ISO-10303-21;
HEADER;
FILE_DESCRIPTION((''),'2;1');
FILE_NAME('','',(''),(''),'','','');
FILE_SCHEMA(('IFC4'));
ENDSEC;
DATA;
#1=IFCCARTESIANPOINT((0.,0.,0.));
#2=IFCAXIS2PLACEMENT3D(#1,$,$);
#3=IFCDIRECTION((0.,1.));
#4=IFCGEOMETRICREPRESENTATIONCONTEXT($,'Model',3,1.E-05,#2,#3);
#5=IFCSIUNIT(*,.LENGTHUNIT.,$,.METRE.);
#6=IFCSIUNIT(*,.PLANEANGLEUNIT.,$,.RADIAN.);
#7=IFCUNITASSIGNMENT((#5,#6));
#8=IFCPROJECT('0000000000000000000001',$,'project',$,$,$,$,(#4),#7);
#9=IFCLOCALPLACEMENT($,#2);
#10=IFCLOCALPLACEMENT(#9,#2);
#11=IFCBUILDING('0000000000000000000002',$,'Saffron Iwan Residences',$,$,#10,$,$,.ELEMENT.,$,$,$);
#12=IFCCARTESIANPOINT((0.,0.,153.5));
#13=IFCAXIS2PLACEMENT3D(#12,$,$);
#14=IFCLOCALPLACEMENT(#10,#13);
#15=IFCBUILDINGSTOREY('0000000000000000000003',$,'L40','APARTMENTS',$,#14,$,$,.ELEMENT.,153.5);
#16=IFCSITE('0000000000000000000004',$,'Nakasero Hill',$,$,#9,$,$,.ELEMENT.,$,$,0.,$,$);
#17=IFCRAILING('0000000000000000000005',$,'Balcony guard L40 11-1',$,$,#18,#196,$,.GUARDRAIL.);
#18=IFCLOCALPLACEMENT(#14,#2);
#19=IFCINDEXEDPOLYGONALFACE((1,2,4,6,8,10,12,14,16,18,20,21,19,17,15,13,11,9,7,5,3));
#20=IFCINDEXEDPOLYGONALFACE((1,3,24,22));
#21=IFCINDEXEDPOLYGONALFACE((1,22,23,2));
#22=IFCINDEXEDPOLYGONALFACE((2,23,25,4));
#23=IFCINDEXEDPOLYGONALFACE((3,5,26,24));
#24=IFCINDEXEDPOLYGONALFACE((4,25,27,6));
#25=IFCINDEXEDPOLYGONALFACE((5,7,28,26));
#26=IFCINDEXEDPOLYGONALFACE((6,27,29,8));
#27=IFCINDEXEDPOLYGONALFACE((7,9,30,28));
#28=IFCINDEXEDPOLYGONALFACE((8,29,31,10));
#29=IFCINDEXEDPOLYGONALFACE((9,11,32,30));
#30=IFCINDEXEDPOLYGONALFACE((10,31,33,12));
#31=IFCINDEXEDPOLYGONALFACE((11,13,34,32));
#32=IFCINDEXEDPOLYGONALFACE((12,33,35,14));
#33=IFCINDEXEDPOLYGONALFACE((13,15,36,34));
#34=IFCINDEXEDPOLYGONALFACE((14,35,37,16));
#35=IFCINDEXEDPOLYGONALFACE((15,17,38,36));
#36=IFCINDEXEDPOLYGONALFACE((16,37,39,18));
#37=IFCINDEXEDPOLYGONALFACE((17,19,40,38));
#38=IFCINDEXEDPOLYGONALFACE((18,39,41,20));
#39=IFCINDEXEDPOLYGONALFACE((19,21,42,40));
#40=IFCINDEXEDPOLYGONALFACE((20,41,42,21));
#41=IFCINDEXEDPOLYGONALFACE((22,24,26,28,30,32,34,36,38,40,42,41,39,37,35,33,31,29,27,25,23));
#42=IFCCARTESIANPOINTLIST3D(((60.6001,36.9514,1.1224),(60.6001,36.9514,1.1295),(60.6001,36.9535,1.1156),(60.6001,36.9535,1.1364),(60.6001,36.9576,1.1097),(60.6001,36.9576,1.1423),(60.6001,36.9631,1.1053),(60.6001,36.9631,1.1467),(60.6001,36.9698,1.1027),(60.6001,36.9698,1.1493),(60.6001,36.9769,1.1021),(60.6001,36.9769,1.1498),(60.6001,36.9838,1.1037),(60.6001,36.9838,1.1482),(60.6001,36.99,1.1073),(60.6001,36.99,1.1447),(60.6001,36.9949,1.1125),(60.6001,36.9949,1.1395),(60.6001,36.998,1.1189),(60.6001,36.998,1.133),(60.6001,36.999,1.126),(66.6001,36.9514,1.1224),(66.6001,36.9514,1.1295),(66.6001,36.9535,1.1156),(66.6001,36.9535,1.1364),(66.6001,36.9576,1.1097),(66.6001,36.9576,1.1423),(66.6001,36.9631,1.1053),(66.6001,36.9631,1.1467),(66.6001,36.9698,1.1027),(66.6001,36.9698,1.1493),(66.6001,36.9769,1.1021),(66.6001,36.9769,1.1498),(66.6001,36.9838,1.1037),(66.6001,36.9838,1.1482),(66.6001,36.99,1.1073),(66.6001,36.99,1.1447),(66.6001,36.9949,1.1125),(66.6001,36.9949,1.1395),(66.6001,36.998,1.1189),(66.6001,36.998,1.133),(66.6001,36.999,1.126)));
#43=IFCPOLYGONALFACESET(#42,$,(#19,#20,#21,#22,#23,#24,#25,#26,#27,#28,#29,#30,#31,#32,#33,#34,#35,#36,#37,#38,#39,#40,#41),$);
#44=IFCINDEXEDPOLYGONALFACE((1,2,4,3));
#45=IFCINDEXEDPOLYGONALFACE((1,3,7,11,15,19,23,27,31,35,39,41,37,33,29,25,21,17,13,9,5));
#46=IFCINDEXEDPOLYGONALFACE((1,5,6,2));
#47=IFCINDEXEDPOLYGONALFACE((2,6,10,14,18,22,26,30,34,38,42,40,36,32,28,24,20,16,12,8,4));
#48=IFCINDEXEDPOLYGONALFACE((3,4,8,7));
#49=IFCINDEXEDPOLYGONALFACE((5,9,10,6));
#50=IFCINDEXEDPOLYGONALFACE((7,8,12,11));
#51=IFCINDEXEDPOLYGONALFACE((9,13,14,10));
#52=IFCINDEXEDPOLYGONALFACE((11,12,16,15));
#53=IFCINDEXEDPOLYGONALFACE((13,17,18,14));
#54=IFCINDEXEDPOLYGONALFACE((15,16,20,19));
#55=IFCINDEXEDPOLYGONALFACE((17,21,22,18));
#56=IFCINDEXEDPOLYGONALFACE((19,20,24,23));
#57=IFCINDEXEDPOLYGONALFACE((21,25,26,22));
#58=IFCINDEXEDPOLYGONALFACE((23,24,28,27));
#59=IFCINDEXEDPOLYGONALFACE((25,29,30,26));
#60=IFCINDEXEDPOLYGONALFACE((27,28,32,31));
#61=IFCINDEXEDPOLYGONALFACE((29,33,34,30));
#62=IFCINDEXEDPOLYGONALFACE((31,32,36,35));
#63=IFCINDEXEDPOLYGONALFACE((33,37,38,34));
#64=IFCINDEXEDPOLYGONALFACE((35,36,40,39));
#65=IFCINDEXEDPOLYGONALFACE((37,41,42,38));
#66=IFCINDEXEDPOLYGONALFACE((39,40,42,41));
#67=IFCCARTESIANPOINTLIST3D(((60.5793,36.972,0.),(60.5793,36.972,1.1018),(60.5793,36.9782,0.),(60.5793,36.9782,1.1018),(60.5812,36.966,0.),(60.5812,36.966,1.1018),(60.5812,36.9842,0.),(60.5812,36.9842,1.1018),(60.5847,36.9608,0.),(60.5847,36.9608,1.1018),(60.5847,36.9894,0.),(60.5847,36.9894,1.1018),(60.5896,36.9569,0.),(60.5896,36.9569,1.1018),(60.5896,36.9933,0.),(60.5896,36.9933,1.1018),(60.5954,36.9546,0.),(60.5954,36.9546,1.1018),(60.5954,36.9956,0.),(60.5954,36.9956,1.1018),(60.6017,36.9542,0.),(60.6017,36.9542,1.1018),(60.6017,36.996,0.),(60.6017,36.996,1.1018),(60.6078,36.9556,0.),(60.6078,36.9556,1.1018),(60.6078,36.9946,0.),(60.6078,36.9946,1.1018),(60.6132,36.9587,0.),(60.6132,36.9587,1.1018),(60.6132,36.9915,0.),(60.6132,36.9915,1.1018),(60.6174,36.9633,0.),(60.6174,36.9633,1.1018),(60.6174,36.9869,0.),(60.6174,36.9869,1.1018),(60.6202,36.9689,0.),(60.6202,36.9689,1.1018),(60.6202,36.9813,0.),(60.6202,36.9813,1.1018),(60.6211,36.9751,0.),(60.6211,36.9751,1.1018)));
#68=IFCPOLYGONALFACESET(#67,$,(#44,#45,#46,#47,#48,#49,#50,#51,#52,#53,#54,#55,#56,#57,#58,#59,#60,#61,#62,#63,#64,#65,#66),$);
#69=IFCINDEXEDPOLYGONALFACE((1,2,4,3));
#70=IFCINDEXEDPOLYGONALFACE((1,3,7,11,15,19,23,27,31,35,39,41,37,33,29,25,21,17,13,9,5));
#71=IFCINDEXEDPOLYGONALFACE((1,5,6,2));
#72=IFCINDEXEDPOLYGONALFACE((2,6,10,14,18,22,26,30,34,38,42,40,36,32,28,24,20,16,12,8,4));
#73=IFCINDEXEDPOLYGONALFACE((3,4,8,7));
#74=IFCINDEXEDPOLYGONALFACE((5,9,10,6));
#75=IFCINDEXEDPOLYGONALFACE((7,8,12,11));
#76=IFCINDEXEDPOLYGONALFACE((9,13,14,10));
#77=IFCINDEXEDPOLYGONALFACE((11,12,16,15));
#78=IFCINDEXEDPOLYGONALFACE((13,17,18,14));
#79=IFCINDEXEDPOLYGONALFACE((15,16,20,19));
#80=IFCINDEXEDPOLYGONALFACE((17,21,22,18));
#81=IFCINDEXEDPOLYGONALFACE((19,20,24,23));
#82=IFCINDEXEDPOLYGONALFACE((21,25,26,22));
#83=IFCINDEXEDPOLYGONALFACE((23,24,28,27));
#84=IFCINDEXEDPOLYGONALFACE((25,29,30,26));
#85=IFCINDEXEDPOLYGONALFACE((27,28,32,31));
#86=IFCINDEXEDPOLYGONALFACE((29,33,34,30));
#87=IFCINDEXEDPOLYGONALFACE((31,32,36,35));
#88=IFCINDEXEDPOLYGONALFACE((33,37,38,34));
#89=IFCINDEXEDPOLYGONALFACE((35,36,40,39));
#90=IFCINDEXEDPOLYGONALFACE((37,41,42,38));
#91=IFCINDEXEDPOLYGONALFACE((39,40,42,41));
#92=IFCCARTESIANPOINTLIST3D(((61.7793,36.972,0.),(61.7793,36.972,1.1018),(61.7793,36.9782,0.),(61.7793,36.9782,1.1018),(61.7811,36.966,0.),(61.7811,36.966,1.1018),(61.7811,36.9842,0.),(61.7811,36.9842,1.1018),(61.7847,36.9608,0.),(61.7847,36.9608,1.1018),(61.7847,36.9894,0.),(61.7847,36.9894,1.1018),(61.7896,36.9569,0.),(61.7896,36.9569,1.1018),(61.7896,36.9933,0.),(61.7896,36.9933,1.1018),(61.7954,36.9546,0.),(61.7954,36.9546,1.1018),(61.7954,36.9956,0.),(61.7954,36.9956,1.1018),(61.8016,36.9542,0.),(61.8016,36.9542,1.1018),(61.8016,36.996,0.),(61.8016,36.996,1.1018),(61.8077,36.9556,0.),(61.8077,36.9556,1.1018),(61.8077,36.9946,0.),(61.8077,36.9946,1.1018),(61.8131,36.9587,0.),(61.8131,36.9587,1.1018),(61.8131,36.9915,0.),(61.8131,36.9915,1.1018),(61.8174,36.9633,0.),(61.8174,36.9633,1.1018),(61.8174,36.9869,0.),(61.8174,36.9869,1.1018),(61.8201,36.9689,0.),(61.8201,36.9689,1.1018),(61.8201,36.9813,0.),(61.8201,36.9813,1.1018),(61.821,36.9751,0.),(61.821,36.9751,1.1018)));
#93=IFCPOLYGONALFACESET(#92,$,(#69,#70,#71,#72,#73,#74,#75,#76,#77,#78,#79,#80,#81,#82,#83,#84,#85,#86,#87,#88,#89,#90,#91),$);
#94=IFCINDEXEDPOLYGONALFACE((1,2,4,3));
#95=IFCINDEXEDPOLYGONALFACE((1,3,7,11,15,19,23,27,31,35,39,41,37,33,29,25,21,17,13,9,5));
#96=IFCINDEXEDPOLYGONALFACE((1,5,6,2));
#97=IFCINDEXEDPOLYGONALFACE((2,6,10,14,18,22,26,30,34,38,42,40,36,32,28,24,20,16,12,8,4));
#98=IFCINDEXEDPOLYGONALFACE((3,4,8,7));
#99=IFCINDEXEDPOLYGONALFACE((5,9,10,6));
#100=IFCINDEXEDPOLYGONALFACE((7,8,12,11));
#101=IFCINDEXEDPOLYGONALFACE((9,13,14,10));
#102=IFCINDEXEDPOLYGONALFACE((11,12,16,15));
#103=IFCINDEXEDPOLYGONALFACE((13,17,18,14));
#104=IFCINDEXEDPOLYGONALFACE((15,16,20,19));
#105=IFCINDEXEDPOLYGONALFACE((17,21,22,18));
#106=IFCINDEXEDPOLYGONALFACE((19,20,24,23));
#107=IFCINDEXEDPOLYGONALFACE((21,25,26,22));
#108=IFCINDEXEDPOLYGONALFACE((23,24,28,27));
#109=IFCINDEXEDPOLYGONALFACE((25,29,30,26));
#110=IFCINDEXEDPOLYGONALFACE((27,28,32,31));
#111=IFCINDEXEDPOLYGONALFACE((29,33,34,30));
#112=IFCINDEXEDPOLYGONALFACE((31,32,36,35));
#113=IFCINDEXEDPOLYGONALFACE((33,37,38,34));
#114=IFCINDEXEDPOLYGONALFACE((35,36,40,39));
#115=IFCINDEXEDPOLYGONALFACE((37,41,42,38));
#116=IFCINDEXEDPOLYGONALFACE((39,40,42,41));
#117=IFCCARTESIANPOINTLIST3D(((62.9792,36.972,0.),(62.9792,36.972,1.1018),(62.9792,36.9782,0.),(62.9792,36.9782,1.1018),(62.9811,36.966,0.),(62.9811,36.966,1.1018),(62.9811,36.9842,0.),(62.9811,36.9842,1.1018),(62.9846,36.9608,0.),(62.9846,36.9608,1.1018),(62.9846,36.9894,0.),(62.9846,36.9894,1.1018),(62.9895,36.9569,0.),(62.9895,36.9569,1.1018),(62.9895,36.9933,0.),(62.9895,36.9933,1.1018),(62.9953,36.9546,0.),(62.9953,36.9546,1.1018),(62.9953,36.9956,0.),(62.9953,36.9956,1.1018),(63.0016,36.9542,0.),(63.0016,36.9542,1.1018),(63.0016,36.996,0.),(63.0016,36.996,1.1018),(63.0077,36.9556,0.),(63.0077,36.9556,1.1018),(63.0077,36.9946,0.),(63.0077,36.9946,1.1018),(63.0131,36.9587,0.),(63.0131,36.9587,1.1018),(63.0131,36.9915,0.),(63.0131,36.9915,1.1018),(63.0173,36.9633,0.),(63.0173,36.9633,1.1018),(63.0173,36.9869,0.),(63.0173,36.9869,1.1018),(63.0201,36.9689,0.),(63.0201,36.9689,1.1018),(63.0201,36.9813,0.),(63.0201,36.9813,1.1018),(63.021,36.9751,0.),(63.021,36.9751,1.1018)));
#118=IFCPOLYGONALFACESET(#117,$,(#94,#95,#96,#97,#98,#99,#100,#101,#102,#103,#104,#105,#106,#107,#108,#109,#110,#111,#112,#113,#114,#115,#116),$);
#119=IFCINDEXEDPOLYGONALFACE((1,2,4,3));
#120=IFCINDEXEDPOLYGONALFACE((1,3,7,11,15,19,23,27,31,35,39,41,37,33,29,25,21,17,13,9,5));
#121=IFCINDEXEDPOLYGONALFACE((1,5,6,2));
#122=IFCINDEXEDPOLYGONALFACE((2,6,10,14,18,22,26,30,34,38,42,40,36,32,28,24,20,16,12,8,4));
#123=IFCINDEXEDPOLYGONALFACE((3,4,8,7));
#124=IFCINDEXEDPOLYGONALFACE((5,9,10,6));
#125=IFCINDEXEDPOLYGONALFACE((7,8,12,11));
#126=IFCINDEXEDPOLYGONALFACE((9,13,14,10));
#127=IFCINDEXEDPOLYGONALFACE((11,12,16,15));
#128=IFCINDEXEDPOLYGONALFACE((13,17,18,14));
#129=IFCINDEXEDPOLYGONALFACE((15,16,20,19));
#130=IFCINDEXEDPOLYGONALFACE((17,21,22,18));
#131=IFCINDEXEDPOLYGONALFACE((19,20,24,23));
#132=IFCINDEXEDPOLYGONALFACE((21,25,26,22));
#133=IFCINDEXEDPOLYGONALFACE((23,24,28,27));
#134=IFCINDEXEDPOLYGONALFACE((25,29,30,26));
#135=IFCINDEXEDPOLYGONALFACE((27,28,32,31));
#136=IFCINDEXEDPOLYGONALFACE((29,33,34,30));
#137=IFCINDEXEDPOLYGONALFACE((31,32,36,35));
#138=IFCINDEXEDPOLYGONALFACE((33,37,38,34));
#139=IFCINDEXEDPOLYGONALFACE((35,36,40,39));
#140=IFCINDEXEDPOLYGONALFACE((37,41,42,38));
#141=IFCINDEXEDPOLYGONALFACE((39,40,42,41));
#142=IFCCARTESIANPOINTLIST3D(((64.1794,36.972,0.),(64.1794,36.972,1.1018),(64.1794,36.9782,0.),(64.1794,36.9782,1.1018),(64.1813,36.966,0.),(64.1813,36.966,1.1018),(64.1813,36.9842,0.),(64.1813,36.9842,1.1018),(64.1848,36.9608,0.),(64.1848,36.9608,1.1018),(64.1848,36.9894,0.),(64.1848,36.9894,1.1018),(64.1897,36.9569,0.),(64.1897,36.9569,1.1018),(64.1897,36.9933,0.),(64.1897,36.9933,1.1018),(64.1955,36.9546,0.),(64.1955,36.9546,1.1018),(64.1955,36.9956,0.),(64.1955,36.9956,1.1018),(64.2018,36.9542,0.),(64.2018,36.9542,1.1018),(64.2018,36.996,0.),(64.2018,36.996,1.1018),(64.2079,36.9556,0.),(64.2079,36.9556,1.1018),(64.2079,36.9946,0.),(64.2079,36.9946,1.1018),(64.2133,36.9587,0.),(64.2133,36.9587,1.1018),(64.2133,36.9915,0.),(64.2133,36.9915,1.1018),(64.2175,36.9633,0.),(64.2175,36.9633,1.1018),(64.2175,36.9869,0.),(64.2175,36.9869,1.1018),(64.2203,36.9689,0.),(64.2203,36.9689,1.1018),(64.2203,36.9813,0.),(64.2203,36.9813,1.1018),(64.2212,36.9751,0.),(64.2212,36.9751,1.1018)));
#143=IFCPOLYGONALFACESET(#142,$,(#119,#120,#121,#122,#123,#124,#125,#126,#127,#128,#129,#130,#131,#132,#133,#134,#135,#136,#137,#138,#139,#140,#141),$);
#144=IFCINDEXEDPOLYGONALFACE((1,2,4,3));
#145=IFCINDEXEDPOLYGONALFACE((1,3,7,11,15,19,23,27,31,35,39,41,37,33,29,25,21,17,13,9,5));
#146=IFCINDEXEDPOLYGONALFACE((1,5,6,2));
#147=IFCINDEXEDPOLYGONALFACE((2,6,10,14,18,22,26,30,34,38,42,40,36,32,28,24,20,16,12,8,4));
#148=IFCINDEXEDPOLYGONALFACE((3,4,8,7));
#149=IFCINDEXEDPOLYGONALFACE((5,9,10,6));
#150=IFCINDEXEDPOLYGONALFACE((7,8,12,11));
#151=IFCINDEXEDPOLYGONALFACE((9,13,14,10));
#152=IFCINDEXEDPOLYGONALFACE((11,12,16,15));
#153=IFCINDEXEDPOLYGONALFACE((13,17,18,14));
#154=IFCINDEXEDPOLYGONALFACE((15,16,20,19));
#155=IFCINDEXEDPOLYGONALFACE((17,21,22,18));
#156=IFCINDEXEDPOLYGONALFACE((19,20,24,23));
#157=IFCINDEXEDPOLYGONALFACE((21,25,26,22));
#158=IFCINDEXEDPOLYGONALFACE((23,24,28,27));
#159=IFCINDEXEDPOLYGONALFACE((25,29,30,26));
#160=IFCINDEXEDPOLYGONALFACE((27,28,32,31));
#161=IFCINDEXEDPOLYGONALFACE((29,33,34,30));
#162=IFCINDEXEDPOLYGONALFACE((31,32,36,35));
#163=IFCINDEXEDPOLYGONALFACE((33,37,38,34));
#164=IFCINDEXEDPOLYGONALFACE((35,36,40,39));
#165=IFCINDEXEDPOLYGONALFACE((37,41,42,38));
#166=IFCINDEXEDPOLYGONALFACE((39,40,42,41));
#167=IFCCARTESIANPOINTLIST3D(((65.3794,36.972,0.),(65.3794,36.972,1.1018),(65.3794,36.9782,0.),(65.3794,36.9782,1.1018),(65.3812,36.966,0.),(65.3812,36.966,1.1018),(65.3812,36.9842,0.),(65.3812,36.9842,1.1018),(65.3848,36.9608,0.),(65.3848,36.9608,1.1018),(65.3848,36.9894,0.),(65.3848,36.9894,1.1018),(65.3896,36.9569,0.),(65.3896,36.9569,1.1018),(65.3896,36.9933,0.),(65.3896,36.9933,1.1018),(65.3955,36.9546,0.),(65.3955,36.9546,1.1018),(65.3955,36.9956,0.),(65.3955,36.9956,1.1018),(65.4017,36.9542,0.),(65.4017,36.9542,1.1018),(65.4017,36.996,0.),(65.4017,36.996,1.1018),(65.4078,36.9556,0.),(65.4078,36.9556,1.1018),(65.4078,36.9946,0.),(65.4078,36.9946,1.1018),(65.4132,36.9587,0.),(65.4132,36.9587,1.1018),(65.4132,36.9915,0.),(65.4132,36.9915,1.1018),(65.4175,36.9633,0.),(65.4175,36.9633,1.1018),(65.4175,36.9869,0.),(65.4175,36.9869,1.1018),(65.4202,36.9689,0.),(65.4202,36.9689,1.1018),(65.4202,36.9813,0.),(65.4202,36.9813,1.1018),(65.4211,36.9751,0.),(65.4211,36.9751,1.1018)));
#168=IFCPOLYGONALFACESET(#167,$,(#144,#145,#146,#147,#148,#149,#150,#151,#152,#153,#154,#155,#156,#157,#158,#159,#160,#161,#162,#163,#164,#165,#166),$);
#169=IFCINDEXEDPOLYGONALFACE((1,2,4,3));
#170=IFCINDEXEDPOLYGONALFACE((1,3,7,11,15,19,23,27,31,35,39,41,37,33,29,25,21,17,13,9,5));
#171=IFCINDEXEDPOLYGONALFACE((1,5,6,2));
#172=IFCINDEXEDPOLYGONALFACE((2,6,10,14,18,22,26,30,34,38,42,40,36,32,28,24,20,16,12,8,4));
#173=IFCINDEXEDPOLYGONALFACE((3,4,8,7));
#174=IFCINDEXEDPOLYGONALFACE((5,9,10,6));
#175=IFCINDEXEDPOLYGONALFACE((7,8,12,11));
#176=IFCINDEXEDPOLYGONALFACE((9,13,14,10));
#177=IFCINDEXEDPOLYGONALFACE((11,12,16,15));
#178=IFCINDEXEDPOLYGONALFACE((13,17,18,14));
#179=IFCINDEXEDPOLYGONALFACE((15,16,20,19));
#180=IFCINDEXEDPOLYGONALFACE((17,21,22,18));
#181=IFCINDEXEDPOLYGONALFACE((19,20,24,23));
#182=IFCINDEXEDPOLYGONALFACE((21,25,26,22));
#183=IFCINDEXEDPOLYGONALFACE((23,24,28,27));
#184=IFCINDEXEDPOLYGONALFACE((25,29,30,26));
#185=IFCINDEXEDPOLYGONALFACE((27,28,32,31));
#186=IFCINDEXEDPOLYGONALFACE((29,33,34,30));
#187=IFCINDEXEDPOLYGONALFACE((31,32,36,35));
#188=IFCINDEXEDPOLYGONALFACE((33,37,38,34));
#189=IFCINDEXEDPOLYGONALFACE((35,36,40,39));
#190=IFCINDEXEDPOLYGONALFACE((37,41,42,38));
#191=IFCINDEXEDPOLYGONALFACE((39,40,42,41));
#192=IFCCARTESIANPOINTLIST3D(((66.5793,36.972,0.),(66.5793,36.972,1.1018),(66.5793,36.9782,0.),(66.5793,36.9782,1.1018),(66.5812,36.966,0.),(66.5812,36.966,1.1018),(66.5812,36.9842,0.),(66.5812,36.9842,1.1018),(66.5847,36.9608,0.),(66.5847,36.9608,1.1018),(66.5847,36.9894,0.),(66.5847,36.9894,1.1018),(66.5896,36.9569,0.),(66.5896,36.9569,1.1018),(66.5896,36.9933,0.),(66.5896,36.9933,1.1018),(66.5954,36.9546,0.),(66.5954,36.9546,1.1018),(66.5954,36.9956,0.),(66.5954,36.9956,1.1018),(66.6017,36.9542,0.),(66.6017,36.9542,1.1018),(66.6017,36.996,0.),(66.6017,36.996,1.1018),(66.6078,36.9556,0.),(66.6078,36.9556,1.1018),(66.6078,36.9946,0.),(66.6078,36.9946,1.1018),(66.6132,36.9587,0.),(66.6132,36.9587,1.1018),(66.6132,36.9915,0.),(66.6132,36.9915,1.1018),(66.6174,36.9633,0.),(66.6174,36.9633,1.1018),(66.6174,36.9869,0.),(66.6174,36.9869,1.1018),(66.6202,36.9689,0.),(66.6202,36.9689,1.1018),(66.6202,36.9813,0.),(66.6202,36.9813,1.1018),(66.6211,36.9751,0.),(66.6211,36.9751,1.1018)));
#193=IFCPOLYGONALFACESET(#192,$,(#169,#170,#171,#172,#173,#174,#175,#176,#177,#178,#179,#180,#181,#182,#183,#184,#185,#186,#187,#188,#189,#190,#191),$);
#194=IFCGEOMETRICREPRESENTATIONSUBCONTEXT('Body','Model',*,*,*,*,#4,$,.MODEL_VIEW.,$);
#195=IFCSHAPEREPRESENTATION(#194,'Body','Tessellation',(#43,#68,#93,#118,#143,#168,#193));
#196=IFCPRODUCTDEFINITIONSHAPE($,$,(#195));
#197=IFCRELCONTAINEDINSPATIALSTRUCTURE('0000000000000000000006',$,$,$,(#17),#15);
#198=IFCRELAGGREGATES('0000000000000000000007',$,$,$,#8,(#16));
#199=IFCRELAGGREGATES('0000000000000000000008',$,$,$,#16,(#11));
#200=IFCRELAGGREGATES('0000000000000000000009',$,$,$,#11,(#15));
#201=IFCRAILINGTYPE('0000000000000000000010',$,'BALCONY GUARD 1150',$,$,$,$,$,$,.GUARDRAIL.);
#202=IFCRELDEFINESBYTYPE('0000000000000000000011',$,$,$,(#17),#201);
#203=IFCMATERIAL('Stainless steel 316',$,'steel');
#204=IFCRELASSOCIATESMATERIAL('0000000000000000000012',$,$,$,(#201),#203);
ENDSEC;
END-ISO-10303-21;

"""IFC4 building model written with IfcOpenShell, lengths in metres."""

from ifc_helpers import new_model, si_unit, direction, frame, origin, origin_2d, place, context, subcontext, project, spatial, circle, extrude, material, type_object, element, save


model = new_model("IFC4")

# Units and contexts
model_context = context("Model", 3, precision=1e-05, world=origin(), true_north=direction((0.0, 1.0)))
body_context = subcontext(model_context, "Body", "Model", "MODEL_VIEW")
ifc_project = project(units=[si_unit("LENGTHUNIT", "METRE"), si_unit("PLANEANGLEUNIT", "RADIAN")], contexts=[model_context])

# Site, building, storey
site_placement = place(None, origin())
site = spatial("IfcSite", under=ifc_project, at=site_placement, Name="Nakasero Hill", CompositionType="ELEMENT", RefElevation=0.0)
building_placement = place(site_placement, origin())
building = spatial("IfcBuilding", under=site, at=building_placement, Name="Saffron Iwan Residences", CompositionType="ELEMENT")
storey_placement = place(building_placement, frame((0.0, 0.0, 153.5)))
storey = spatial("IfcBuildingStorey", under=building, at=storey_placement, Name="L40", Description="APARTMENTS", CompositionType="ELEMENT", Elevation=153.5)

# Railing
ifc_material_1 = material(Name="Stainless steel 316", Category="steel")
railing_type = type_object("IfcRailingType", Name="BALCONY GUARD 1150", PredefinedType="GUARDRAIL", material=ifc_material_1)
railing_placement = place(storey_placement, frame((60.6001, 36.9751, 0.0)))
element("IfcRailing", 1, at=railing_placement, inside=storey, type_object=railing_type, Name="Balcony guard L40 11-1", PredefinedType="GUARDRAIL", context=body_context, shape_type="SweptSolid", body=[
    extrude(circle(Radius=0.0239, at=origin_2d()), frame((0.0, 0.0, 1.126), z_axis=(1.0, 0.0, 0.0), x_axis=(0.0, 1.0, 0.0)), (0.0, 0.0, 1.0), 6.0),
    extrude(circle(Radius=0.021, at=origin_2d()), origin(), (0.0, 0.0, 1.0), 1.1018),
    extrude(circle(Radius=0.021, at=origin_2d()), frame((1.2, 0.0, 0.0)), (0.0, 0.0, 1.0), 1.1018),
    extrude(circle(Radius=0.021, at=origin_2d()), frame((2.3999, 0.0, 0.0)), (0.0, 0.0, 1.0), 1.1018),
    extrude(circle(Radius=0.021, at=origin_2d()), frame((3.6001, 0.0, 0.0)), (0.0, 0.0, 1.0), 1.1018),
    extrude(circle(Radius=0.021, at=origin_2d()), frame((4.8, 0.0, 0.0)), (0.0, 0.0, 1.0), 1.1018),
    extrude(circle(Radius=0.021, at=origin_2d()), frame((6.0, 0.0, 0.0)), (0.0, 0.0, 1.0), 1.1018),
])

save(model, "model.ifc")
